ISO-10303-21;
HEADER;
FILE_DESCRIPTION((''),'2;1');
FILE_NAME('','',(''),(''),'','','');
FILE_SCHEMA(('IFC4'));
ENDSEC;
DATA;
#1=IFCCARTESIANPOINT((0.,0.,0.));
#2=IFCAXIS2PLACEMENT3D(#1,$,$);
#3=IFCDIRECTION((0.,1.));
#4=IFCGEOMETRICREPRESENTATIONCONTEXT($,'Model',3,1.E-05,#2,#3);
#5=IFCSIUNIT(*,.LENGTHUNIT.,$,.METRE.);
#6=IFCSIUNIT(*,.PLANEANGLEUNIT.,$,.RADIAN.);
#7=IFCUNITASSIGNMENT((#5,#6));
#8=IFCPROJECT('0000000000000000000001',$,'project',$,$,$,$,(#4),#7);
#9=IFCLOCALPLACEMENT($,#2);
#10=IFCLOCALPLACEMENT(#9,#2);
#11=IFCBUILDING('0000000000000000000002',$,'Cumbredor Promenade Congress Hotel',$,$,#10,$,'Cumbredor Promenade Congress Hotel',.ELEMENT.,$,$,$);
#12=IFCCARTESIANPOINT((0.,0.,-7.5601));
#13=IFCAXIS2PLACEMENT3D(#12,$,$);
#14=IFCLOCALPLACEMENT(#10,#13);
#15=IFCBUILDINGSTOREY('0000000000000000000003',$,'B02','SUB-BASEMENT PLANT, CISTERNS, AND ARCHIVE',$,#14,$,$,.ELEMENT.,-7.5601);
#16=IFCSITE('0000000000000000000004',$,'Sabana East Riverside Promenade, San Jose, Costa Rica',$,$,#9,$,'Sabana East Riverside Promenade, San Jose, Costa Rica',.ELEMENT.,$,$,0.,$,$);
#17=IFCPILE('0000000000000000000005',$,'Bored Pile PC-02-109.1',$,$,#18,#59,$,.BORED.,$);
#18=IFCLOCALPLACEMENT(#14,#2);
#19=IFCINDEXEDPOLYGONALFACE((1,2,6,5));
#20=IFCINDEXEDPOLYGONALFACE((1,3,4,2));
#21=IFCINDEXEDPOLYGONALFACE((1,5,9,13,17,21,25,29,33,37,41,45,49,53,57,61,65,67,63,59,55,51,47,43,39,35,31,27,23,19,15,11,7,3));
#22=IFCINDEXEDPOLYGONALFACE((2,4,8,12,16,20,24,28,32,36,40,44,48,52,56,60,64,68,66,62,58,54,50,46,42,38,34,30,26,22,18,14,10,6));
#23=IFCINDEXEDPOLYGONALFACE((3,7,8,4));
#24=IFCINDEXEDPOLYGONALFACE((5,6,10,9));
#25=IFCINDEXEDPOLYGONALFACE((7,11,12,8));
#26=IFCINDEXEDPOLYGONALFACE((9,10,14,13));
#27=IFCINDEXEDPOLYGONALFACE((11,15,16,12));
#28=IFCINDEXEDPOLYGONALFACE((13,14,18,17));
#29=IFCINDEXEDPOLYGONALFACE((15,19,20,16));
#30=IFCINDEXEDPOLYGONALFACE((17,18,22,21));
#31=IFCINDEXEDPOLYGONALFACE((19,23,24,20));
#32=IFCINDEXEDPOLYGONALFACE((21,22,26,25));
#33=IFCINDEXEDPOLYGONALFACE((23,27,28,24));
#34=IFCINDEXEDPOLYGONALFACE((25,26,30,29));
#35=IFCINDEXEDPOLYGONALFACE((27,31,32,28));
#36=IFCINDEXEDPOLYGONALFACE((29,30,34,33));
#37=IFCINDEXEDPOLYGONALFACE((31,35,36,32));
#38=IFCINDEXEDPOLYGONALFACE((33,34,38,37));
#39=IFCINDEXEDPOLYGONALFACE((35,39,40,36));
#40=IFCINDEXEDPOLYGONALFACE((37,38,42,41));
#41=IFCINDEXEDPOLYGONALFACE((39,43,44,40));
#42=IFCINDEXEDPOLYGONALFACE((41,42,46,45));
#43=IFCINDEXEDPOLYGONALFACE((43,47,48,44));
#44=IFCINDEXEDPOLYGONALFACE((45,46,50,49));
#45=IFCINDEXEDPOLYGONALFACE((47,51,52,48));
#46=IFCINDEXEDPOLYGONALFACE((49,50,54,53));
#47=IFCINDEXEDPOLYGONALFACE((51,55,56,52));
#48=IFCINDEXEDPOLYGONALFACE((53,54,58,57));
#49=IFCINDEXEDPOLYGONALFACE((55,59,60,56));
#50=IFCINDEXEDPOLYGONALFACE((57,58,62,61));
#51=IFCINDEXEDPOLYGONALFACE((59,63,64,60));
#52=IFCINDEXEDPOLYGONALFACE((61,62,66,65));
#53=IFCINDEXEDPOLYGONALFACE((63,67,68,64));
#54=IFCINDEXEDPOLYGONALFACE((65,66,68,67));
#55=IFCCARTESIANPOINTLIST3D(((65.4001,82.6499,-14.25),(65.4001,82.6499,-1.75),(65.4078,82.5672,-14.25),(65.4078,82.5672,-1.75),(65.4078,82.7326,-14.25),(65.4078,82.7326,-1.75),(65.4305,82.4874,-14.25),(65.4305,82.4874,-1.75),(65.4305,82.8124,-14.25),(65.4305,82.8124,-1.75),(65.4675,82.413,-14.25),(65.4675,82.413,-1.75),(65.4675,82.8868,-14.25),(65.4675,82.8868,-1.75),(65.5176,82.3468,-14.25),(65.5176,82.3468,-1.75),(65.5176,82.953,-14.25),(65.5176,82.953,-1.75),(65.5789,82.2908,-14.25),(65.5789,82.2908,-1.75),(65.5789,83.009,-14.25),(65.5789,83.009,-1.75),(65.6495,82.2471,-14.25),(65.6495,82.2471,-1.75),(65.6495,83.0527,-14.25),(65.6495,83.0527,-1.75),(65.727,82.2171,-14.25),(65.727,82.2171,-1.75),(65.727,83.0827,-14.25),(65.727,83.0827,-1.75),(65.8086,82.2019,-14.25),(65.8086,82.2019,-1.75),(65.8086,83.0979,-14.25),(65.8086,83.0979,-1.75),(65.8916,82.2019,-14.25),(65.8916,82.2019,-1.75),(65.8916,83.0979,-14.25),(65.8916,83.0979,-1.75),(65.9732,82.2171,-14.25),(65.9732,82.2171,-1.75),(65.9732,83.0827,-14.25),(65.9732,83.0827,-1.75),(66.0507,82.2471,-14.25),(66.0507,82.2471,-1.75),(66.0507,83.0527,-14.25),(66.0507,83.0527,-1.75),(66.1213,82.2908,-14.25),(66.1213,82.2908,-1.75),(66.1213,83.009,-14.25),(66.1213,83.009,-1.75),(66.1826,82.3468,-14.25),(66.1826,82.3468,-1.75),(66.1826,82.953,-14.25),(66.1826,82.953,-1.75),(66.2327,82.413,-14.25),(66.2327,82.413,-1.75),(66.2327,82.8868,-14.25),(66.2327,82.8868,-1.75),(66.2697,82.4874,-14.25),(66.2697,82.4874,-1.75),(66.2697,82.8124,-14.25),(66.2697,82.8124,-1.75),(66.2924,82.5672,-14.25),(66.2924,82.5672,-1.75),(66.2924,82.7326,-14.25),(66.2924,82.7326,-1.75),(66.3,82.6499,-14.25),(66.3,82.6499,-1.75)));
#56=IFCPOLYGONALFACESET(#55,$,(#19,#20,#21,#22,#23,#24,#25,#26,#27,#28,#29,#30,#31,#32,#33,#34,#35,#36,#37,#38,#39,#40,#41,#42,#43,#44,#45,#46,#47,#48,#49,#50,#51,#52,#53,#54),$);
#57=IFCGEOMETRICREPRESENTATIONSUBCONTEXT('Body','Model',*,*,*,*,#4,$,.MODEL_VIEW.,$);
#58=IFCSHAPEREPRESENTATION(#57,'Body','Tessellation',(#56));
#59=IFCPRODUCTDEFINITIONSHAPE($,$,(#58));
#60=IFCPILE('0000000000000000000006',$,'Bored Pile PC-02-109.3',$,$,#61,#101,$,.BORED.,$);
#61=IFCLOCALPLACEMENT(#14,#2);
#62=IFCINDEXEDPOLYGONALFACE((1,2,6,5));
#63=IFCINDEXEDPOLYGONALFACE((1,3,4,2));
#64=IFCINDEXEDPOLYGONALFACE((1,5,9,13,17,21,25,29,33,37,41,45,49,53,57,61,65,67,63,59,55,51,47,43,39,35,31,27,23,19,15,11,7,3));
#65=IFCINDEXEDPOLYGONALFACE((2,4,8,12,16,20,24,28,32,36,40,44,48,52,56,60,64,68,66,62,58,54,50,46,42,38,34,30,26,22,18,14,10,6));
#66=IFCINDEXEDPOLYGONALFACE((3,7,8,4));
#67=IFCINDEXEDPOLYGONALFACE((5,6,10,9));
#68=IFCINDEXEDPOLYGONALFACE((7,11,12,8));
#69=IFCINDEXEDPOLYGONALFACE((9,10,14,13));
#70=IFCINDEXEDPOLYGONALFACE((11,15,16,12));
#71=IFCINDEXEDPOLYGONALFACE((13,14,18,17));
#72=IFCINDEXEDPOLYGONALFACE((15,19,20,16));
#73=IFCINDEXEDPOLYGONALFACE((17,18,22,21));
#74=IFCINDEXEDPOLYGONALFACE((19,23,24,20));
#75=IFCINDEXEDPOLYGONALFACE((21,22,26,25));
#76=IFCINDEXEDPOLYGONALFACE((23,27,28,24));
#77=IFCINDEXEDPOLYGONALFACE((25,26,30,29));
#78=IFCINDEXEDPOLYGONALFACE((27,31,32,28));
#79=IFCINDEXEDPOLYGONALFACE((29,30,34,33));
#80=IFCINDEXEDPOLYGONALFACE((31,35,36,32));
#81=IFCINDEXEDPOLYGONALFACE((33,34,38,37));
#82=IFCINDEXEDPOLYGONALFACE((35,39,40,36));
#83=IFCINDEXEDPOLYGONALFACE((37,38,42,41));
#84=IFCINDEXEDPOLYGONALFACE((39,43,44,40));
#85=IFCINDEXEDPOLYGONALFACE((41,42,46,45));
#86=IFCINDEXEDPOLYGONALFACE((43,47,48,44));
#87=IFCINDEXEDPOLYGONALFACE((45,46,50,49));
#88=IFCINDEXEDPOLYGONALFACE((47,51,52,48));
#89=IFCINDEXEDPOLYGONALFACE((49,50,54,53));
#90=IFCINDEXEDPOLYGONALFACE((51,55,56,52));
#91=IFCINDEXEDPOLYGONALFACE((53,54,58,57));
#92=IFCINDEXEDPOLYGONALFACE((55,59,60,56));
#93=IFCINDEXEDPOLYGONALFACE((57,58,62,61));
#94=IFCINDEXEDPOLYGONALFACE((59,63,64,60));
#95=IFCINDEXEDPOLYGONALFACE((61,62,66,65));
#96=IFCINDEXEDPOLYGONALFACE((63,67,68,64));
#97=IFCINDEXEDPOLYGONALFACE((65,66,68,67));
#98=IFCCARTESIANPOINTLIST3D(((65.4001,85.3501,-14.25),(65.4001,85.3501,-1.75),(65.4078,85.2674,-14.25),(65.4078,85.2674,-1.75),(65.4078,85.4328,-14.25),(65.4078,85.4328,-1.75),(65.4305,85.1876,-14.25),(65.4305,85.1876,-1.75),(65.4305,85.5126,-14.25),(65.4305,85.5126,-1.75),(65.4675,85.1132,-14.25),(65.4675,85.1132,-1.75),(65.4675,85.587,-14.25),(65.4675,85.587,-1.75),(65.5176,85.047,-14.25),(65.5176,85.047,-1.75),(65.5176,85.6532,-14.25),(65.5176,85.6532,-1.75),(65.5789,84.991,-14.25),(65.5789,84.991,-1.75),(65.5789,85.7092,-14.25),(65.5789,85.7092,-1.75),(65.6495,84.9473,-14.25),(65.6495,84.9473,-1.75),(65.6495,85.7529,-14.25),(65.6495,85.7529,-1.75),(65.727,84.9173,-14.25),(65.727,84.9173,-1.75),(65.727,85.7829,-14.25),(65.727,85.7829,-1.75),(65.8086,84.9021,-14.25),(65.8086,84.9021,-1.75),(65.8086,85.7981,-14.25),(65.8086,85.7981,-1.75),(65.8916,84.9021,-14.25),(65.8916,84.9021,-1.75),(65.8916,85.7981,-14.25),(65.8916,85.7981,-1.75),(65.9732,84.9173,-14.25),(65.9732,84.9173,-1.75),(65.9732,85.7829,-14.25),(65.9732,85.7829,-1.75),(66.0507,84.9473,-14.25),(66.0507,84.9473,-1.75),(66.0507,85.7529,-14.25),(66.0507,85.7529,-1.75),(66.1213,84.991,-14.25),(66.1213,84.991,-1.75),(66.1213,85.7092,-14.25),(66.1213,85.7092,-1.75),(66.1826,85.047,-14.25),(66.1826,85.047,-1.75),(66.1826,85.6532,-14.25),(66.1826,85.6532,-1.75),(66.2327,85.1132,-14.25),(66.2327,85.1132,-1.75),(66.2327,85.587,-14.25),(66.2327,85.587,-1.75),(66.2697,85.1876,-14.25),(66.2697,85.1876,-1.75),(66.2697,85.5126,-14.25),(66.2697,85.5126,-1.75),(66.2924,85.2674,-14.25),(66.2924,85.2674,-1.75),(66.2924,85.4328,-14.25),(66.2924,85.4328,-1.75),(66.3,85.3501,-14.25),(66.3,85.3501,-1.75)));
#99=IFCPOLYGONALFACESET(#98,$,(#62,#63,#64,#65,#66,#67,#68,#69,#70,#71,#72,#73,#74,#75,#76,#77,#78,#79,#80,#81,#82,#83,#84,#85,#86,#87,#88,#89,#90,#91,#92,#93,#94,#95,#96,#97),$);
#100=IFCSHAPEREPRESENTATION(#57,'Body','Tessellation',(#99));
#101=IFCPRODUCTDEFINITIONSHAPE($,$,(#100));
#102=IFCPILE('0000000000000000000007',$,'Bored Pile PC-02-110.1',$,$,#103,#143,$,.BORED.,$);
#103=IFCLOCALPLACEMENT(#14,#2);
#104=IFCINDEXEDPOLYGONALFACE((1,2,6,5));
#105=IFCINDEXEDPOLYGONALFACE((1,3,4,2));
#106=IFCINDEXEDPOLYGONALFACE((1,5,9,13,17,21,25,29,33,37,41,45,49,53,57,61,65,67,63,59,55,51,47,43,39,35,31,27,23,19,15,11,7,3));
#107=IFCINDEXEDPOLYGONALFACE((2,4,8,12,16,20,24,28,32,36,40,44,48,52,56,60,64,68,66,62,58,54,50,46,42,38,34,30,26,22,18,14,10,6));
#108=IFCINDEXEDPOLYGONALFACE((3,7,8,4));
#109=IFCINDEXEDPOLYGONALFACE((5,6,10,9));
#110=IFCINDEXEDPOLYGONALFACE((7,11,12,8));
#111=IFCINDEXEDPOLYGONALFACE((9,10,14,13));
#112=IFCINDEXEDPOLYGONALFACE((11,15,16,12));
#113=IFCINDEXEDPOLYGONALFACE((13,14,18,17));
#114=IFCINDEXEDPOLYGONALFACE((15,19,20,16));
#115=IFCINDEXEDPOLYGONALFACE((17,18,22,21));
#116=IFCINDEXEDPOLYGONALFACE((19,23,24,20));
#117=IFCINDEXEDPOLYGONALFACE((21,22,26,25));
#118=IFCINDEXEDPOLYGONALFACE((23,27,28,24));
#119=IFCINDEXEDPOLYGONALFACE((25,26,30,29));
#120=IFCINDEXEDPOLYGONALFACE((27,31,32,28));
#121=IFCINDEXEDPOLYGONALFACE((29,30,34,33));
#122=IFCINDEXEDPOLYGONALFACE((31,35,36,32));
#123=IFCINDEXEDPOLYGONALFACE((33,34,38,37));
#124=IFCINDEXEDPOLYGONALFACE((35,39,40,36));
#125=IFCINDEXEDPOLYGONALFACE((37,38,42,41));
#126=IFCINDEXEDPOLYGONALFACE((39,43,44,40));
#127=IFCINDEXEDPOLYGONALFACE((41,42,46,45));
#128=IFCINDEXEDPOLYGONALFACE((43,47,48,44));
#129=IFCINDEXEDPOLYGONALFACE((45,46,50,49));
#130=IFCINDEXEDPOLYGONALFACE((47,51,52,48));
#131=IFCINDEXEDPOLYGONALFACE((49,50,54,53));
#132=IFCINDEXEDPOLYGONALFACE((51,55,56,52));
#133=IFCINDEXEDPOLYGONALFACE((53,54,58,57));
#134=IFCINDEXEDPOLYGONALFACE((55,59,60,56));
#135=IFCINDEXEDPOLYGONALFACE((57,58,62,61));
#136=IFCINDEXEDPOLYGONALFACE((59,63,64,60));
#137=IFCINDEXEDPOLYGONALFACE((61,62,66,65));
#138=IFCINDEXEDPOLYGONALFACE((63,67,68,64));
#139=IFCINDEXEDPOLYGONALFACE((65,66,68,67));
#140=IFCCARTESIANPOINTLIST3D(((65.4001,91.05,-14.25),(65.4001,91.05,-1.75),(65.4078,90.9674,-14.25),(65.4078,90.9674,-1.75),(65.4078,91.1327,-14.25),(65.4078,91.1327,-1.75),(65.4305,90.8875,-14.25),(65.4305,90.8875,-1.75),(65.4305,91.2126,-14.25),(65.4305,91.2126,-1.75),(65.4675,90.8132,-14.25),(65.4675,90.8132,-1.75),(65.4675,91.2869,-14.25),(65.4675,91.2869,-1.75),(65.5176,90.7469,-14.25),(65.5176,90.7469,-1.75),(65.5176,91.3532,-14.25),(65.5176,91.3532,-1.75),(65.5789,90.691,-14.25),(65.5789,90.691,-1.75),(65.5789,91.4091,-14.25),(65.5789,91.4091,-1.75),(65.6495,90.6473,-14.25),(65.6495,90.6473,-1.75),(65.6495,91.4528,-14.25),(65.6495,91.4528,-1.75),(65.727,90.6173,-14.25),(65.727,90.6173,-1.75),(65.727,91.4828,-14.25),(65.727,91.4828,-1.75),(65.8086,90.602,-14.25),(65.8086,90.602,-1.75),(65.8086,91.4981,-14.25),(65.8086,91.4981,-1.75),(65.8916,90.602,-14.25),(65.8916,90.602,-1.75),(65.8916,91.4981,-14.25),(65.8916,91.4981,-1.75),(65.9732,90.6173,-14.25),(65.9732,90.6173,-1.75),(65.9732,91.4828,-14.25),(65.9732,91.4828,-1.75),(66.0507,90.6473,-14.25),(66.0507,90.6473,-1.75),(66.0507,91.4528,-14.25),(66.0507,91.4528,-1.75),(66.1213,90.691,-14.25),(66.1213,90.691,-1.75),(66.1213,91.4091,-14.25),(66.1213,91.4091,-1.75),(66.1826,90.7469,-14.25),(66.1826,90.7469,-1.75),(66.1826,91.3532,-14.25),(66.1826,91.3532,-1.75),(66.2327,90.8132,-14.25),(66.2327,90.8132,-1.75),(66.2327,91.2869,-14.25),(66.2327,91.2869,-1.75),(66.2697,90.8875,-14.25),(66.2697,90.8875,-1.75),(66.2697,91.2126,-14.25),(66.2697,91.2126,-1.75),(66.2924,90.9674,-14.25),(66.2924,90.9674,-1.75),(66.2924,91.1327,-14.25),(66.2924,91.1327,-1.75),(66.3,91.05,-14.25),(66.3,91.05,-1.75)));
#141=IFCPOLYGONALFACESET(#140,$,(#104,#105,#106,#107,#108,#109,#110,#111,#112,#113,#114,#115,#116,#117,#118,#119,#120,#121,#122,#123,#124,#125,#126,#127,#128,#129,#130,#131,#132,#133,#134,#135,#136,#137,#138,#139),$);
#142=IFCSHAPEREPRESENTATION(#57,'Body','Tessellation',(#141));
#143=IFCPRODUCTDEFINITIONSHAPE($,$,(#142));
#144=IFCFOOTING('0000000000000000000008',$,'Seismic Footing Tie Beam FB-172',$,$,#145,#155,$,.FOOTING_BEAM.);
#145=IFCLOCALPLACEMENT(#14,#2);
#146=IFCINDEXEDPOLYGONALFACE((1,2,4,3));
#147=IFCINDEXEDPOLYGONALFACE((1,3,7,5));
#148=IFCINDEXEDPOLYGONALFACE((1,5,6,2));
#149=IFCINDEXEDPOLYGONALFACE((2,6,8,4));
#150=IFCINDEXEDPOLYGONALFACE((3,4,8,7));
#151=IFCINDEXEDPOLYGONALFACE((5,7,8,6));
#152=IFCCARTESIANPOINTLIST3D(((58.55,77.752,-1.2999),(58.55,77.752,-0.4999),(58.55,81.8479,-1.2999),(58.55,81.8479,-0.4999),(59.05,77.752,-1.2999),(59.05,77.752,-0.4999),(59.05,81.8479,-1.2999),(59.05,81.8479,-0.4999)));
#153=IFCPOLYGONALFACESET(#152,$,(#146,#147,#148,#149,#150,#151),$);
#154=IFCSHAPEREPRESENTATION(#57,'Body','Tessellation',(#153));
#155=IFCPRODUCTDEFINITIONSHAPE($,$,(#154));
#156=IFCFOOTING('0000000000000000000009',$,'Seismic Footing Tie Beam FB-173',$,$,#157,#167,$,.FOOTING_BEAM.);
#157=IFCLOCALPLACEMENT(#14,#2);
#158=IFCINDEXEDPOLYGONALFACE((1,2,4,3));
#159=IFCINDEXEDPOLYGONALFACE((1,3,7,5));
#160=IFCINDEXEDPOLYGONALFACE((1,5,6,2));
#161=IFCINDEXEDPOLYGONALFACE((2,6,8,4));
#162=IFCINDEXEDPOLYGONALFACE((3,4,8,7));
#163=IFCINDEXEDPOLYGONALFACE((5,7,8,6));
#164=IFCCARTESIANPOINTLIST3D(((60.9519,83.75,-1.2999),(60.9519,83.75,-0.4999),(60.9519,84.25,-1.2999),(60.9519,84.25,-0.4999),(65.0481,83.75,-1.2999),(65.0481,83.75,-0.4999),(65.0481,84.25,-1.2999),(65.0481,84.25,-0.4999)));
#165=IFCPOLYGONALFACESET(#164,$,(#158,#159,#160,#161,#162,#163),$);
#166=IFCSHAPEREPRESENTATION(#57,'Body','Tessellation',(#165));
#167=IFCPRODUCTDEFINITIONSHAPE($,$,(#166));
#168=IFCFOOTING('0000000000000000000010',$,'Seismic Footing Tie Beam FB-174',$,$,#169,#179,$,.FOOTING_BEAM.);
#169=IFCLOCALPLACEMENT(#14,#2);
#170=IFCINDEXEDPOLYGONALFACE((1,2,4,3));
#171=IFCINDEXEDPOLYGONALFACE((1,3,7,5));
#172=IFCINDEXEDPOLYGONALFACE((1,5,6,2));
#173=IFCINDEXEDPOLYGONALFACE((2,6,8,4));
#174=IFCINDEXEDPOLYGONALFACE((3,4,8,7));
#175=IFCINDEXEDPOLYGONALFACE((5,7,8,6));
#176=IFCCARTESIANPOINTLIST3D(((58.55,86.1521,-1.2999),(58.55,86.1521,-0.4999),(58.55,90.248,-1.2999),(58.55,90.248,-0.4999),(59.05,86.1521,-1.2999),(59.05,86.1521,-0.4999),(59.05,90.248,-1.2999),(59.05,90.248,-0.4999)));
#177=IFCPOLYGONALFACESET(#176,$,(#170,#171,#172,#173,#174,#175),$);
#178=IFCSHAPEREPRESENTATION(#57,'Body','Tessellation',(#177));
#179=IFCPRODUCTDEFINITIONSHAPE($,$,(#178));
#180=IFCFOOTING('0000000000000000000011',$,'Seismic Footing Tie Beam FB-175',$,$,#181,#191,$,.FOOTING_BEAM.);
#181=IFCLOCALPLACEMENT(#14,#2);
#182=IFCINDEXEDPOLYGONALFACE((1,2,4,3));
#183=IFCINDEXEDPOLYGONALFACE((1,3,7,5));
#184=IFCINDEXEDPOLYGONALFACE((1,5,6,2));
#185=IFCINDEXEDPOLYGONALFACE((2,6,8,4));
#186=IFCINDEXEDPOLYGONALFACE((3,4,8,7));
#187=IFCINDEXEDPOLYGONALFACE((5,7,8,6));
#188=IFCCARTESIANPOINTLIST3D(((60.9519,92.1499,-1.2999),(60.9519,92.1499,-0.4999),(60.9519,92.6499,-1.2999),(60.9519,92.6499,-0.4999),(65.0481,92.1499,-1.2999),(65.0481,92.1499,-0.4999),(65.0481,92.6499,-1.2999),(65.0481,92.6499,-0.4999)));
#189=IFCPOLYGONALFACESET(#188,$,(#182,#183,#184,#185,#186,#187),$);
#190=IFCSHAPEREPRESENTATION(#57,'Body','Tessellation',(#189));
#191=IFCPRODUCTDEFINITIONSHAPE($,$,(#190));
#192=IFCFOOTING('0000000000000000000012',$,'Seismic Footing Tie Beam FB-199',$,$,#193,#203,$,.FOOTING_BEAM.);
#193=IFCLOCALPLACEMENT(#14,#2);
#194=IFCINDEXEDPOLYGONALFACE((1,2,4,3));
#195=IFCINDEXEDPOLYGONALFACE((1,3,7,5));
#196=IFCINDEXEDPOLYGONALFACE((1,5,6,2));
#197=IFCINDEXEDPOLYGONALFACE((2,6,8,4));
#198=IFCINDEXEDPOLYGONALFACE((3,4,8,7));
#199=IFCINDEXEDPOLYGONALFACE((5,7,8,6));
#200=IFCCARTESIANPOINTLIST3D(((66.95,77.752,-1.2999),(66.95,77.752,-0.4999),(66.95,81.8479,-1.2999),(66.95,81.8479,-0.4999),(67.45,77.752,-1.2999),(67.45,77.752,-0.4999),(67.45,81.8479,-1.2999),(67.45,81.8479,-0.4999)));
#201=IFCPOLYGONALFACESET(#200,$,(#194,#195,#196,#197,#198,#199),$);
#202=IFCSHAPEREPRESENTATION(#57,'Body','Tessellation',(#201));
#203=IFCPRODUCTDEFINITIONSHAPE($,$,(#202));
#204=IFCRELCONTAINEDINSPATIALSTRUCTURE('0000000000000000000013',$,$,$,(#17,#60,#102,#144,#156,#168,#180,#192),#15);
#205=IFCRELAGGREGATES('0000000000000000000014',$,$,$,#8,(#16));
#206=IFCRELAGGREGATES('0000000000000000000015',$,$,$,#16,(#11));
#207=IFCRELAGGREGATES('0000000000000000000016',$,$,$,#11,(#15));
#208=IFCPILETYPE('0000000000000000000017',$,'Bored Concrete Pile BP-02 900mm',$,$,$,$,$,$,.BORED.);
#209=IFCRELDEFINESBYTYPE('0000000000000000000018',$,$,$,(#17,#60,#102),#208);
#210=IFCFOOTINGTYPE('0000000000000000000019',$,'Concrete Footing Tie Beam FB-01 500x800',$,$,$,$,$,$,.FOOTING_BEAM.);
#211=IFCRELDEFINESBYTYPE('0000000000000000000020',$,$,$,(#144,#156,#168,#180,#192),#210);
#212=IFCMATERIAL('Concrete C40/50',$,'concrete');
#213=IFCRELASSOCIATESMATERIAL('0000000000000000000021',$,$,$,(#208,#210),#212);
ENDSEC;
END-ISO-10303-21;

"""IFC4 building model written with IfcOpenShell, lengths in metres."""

from ifc_helpers import new_model, si_unit, direction, frame, origin, origin_2d, place, context, subcontext, project, spatial, rectangle, circle, extrude, material, material_profile, profile_set, type_object, element, save


model = new_model("IFC4")

# Units and contexts
model_context = context("Model", 3, precision=1e-05, world=origin(), true_north=direction((0.0, 1.0)))
body_context = subcontext(model_context, "Body", "Model", "MODEL_VIEW")
ifc_project = project(units=[si_unit("LENGTHUNIT", "METRE"), si_unit("PLANEANGLEUNIT", "RADIAN")], contexts=[model_context])

# Site, building, storey
site_placement = place(None, origin())
site = spatial("IfcSite", under=ifc_project, at=site_placement, Name="Sabana East Riverside Promenade, San Jose, Costa Rica", LongName="Sabana East Riverside Promenade, San Jose, Costa Rica", CompositionType="ELEMENT", RefElevation=0.0)
building_placement = place(site_placement, origin())
building = spatial("IfcBuilding", under=site, at=building_placement, Name="Cumbredor Promenade Congress Hotel", LongName="Cumbredor Promenade Congress Hotel", CompositionType="ELEMENT")
storey_placement = place(building_placement, frame((0.0, 0.0, -7.5601)))
storey = spatial("IfcBuildingStorey", under=building, at=storey_placement, Name="B02", Description="SUB-BASEMENT PLANT, CISTERNS, AND ARCHIVE", CompositionType="ELEMENT", Elevation=-7.5601)

# Piles
ifc_material_1 = material(Name="Concrete C40/50", Category="concrete")
ifc_material_profile_1 = material_profile(ifc_material_1, circle(Radius=0.45, at=origin_2d()), Name="PILE D900")
ifc_profile_set_1 = profile_set([ifc_material_profile_1], Name="Concrete C40/50")
pile_type = type_object("IfcPileType", Name="Bored Concrete Pile BP-02 900mm", PredefinedType="BORED", material=ifc_profile_set_1)
for number, where, z_axis, x_axis, name in (
    (1, (65.8501, 82.6499, -1.75), (0.0, 0.0, -1.0), (1.0, 0.0, 0.0), "Bored Pile PC-02-109.1"),
    (2, (65.8501, 85.3501, -1.75), (0.0, 0.0, -1.0), (1.0, 0.0, 0.0), "Bored Pile PC-02-109.3"),
    (3, (65.8501, 91.05, -1.75), (0.0, 0.0, -1.0), (1.0, 0.0, 0.0), "Bored Pile PC-02-110.1"),
):
    element("IfcPile", number, at=place(storey_placement, frame(where, z_axis=z_axis, x_axis=x_axis)), inside=storey, type_object=pile_type, Name=name, PredefinedType="BORED", context=body_context, shape_type="SweptSolid", body=[
        extrude(circle(Radius=0.45, at=origin_2d()), origin(), (0.0, 0.0, 1.0), 12.5),
    ])

# Footings
ifc_material_profile_2 = material_profile(ifc_material_1, rectangle(XDim=0.5, YDim=0.8, at=origin_2d()), Name="FB 500x800")
ifc_profile_set_2 = profile_set([ifc_material_profile_2], Name="Concrete C40/50")
footing_type_1 = type_object("IfcFootingType", Name="Concrete Footing Tie Beam FB-01 500x800", PredefinedType="FOOTING_BEAM", material=ifc_profile_set_2)
footing_1_placement = place(storey_placement, frame((58.8, 77.752, -0.8999), z_axis=(0.0, 1.0, 0.0), x_axis=(-1.0, 0.0, 0.0)))
element("IfcFooting", 4, at=footing_1_placement, inside=storey, type_object=footing_type_1, Name="Seismic Footing Tie Beam FB-172", PredefinedType="FOOTING_BEAM", context=body_context, shape_type="SweptSolid", body=[
    extrude(rectangle(XDim=0.5, YDim=0.8, at=origin_2d()), origin(), (0.0, 0.0, 1.0), 4.0959),
])
footing_2_placement = place(storey_placement, frame((60.9519, 84.0, -0.8999), z_axis=(1.0, 0.0, 0.0), x_axis=(0.0, 1.0, 0.0)))
element("IfcFooting", 5, at=footing_2_placement, inside=storey, type_object=footing_type_1, Name="Seismic Footing Tie Beam FB-173", PredefinedType="FOOTING_BEAM", context=body_context, shape_type="SweptSolid", body=[
    extrude(rectangle(XDim=0.5, YDim=0.8, at=origin_2d()), origin(), (0.0, 0.0, 1.0), 4.0962),
])
footing_3_placement = place(storey_placement, frame((58.8, 86.1521, -0.8999), z_axis=(0.0, 1.0, 0.0), x_axis=(-1.0, 0.0, 0.0)))
element("IfcFooting", 6, at=footing_3_placement, inside=storey, type_object=footing_type_1, Name="Seismic Footing Tie Beam FB-174", PredefinedType="FOOTING_BEAM", context=body_context, shape_type="SweptSolid", body=[
    extrude(rectangle(XDim=0.5, YDim=0.8, at=origin_2d()), origin(), (0.0, 0.0, 1.0), 4.0959),
])
footing_4_placement = place(storey_placement, frame((60.9519, 92.3999, -0.8999), z_axis=(1.0, 0.0, 0.0), x_axis=(0.0, 1.0, 0.0)))
element("IfcFooting", 7, at=footing_4_placement, inside=storey, type_object=footing_type_1, Name="Seismic Footing Tie Beam FB-175", PredefinedType="FOOTING_BEAM", context=body_context, shape_type="SweptSolid", body=[
    extrude(rectangle(XDim=0.5, YDim=0.8, at=origin_2d()), origin(), (0.0, 0.0, 1.0), 4.0962),
])
footing_5_placement = place(storey_placement, frame((67.2, 77.752, -0.8999), z_axis=(0.0, 1.0, 0.0), x_axis=(-1.0, 0.0, 0.0)))
element("IfcFooting", 8, at=footing_5_placement, inside=storey, type_object=footing_type_1, Name="Seismic Footing Tie Beam FB-199", PredefinedType="FOOTING_BEAM", context=body_context, shape_type="SweptSolid", body=[
    extrude(rectangle(XDim=0.5, YDim=0.8, at=origin_2d()), origin(), (0.0, 0.0, 1.0), 4.0959),
])

save(model, "model.ifc")
